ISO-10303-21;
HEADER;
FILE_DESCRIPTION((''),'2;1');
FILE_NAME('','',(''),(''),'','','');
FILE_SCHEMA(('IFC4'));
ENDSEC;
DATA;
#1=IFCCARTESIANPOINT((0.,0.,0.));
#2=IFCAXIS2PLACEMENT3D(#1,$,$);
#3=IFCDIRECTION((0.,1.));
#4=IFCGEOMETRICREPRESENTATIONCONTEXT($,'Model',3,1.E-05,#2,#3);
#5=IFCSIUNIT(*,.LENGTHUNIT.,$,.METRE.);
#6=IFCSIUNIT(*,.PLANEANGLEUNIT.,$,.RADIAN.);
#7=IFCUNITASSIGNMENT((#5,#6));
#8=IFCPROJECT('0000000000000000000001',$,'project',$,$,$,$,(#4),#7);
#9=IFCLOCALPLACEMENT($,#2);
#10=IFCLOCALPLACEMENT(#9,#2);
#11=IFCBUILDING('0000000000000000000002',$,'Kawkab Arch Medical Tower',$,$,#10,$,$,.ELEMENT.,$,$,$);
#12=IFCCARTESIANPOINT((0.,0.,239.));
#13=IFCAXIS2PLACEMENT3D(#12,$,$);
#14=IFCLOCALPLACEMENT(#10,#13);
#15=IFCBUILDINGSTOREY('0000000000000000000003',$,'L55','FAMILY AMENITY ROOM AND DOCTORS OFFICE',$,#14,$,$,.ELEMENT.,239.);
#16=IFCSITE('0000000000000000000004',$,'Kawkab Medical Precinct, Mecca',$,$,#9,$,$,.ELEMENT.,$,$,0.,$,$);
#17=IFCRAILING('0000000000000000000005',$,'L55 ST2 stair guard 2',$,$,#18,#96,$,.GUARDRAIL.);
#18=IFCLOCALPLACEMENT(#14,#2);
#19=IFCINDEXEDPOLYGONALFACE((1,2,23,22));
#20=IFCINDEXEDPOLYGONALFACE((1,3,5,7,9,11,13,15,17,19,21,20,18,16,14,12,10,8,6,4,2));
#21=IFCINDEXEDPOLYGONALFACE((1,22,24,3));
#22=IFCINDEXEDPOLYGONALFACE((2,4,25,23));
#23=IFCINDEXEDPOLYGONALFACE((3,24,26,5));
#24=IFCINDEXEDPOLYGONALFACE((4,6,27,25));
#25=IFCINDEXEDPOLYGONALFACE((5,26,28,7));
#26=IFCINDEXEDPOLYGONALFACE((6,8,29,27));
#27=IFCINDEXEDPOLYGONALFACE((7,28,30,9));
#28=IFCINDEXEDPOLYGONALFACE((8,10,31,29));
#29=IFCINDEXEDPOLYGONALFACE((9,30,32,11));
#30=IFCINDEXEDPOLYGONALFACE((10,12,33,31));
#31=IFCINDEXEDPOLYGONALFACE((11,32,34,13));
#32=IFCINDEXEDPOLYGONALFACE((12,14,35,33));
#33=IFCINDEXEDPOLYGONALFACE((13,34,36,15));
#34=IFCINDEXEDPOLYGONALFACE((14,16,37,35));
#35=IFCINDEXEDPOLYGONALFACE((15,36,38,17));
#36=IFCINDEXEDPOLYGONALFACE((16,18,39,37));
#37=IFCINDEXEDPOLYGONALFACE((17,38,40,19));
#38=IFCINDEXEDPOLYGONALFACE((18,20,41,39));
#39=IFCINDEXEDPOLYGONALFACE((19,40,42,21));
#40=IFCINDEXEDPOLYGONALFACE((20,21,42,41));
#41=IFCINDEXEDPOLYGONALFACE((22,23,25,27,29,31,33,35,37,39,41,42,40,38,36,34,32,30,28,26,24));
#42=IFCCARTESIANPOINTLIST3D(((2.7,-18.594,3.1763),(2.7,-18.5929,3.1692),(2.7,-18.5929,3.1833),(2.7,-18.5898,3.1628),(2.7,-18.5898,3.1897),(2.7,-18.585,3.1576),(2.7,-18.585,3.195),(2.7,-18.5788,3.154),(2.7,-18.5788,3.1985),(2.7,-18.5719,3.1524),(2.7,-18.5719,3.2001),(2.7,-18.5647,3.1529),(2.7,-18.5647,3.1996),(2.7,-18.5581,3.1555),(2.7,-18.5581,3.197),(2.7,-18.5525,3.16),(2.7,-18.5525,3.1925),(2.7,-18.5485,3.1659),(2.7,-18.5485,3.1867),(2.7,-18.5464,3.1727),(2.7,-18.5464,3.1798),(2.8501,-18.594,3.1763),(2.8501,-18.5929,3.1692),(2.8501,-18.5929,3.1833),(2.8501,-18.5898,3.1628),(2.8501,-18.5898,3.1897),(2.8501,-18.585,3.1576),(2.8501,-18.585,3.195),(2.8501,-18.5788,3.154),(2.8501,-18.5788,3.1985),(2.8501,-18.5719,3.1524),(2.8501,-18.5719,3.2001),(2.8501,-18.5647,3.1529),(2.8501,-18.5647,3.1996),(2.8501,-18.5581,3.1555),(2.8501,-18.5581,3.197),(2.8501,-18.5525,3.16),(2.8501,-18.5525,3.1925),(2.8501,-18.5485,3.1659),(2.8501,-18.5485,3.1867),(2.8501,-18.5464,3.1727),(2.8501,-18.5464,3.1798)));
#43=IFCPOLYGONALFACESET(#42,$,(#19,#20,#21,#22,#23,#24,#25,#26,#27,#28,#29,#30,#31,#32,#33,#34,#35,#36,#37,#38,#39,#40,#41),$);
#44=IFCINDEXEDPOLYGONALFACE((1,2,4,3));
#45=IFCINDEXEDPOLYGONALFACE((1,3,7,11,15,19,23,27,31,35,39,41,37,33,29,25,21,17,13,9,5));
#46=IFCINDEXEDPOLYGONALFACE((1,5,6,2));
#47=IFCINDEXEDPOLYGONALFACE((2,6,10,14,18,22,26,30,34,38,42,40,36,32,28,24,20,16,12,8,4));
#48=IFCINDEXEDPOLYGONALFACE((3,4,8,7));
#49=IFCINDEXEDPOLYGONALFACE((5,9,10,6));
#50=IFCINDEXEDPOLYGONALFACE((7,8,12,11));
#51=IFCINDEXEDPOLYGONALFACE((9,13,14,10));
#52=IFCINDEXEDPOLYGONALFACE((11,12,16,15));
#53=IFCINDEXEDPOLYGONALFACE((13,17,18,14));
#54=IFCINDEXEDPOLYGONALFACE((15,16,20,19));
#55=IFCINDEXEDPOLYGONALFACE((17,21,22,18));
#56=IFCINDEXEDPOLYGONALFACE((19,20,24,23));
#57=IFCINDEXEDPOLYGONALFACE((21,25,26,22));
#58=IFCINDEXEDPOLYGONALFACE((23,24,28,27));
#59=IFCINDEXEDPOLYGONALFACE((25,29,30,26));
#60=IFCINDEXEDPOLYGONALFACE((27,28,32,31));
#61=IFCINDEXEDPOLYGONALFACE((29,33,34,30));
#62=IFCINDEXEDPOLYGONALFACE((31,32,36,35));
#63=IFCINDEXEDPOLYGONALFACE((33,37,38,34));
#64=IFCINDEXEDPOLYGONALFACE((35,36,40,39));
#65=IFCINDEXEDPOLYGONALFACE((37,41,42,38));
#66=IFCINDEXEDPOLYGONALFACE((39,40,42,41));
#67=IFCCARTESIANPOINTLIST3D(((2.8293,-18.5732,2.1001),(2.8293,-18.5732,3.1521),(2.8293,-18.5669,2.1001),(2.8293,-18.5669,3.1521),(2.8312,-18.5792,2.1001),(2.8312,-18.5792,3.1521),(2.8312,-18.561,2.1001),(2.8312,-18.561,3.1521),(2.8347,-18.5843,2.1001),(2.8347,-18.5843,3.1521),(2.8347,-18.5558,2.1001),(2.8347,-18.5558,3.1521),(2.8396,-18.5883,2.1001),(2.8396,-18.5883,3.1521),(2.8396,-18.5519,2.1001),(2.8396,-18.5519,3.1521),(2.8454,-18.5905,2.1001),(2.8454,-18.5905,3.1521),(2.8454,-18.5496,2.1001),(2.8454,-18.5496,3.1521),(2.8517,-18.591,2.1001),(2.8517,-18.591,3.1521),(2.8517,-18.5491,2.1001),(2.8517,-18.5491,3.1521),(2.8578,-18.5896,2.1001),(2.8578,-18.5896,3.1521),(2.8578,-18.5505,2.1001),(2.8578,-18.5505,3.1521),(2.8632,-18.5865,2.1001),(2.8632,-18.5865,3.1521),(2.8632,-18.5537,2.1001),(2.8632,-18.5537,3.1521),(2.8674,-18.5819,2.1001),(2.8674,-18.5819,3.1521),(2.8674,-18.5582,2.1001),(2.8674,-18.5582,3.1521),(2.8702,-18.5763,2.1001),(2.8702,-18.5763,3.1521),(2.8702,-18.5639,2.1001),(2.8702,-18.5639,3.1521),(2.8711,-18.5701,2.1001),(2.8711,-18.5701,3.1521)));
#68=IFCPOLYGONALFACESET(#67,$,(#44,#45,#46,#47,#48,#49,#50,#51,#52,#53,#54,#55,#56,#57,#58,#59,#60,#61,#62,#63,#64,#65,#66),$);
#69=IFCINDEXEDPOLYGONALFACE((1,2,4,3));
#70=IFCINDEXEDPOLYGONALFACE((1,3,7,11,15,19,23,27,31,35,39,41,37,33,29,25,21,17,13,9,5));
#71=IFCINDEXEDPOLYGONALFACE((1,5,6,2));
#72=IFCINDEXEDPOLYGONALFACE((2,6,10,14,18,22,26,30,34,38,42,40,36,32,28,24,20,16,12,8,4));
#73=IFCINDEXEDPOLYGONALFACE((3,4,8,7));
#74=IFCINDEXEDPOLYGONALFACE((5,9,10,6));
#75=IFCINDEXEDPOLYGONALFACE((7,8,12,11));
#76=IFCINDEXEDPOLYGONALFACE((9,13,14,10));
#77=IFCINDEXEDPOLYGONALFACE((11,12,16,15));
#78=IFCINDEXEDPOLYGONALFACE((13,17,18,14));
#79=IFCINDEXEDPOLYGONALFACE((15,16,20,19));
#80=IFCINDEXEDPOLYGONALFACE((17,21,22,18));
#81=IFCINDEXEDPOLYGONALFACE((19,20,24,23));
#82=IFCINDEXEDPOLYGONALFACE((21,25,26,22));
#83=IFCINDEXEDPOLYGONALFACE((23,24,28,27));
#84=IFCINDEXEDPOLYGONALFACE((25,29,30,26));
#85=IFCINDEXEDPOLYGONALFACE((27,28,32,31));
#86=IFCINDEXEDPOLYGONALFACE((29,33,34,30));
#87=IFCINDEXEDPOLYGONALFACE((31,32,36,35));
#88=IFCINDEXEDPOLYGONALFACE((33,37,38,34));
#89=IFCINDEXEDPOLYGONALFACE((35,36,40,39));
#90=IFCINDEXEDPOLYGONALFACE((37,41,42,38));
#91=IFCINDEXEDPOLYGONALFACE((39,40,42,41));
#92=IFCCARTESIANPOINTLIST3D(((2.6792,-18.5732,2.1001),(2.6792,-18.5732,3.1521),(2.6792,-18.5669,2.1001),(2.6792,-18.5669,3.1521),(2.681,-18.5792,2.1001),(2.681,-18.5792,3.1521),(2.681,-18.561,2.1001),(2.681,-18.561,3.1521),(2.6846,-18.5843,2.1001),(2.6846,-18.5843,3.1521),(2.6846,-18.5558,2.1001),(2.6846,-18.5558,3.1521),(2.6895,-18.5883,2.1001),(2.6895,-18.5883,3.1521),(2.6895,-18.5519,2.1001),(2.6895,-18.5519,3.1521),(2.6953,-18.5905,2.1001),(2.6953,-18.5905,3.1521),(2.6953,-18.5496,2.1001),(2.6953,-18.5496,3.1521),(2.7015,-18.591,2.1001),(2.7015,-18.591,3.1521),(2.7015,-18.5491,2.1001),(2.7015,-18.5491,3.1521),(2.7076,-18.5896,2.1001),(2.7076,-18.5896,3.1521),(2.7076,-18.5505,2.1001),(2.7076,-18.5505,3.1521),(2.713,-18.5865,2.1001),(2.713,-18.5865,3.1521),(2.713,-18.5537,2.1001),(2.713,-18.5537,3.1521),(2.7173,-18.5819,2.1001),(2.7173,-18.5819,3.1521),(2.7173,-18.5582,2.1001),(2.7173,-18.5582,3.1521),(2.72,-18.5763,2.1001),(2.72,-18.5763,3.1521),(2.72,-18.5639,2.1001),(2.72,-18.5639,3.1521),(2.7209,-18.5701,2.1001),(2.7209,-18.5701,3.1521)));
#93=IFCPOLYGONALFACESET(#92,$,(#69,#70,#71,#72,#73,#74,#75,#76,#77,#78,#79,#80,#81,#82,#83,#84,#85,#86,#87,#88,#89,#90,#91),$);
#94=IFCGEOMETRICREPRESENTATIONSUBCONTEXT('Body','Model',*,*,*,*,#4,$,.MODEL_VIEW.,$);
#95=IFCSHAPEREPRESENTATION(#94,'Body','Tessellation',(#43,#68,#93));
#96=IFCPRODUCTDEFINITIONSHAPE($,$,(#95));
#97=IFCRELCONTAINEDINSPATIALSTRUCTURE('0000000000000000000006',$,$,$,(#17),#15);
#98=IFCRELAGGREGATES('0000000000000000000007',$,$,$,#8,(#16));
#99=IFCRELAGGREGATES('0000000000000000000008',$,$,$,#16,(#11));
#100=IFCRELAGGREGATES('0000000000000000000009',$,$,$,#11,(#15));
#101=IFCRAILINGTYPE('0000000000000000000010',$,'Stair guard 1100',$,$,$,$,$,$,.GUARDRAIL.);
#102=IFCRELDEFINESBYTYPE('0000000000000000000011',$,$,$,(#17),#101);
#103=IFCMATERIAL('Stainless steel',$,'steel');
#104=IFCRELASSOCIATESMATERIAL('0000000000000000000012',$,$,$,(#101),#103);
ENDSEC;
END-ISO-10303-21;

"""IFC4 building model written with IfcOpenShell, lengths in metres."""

from ifc_helpers import new_model, si_unit, direction, frame, origin, origin_2d, place, context, subcontext, project, spatial, circle, extrude, material, type_object, element, save


model = new_model("IFC4")

# Units and contexts
model_context = context("Model", 3, precision=1e-05, world=origin(), true_north=direction((0.0, 1.0)))
body_context = subcontext(model_context, "Body", "Model", "MODEL_VIEW")
ifc_project = project(units=[si_unit("LENGTHUNIT", "METRE"), si_unit("PLANEANGLEUNIT", "RADIAN")], contexts=[model_context])

# Site, building, storey
site_placement = place(None, origin())
site = spatial("IfcSite", under=ifc_project, at=site_placement, Name="Kawkab Medical Precinct, Mecca", CompositionType="ELEMENT", RefElevation=0.0)
building_placement = place(site_placement, origin())
building = spatial("IfcBuilding", under=site, at=building_placement, Name="Kawkab Arch Medical Tower", CompositionType="ELEMENT")
storey_placement = place(building_placement, frame((0.0, 0.0, 239.0)))
storey = spatial("IfcBuildingStorey", under=building, at=storey_placement, Name="L55", Description="FAMILY AMENITY ROOM AND DOCTORS OFFICE", CompositionType="ELEMENT", Elevation=239.0)

# Railing
ifc_material_1 = material(Name="Stainless steel", Category="steel")
railing_type = type_object("IfcRailingType", Name="Stair guard 1100", PredefinedType="GUARDRAIL", material=ifc_material_1)
railing_1_placement = place(storey_placement, frame((2.8501, -18.5701, 2.1001)))
element("IfcRailing", 1, at=railing_1_placement, inside=storey, type_object=railing_type, Name="L55 ST2 stair guard 2", PredefinedType="GUARDRAIL", context=body_context, shape_type="SweptSolid", body=[
    extrude(circle(Radius=0.0239, at=origin_2d()), frame((0.0, 0.0, 1.0762), z_axis=(-1.0, 0.0, 0.0), x_axis=(0.0, -1.0, 0.0)), (0.0, 0.0, 1.0), 0.1501),
    extrude(circle(Radius=0.021, at=origin_2d()), origin(), (0.0, 0.0, 1.0), 1.052),
    extrude(circle(Radius=0.021, at=origin_2d()), frame((-0.1501, 0.0, 0.0)), (0.0, 0.0, 1.0), 1.052),
])

save(model, "model.ifc")
